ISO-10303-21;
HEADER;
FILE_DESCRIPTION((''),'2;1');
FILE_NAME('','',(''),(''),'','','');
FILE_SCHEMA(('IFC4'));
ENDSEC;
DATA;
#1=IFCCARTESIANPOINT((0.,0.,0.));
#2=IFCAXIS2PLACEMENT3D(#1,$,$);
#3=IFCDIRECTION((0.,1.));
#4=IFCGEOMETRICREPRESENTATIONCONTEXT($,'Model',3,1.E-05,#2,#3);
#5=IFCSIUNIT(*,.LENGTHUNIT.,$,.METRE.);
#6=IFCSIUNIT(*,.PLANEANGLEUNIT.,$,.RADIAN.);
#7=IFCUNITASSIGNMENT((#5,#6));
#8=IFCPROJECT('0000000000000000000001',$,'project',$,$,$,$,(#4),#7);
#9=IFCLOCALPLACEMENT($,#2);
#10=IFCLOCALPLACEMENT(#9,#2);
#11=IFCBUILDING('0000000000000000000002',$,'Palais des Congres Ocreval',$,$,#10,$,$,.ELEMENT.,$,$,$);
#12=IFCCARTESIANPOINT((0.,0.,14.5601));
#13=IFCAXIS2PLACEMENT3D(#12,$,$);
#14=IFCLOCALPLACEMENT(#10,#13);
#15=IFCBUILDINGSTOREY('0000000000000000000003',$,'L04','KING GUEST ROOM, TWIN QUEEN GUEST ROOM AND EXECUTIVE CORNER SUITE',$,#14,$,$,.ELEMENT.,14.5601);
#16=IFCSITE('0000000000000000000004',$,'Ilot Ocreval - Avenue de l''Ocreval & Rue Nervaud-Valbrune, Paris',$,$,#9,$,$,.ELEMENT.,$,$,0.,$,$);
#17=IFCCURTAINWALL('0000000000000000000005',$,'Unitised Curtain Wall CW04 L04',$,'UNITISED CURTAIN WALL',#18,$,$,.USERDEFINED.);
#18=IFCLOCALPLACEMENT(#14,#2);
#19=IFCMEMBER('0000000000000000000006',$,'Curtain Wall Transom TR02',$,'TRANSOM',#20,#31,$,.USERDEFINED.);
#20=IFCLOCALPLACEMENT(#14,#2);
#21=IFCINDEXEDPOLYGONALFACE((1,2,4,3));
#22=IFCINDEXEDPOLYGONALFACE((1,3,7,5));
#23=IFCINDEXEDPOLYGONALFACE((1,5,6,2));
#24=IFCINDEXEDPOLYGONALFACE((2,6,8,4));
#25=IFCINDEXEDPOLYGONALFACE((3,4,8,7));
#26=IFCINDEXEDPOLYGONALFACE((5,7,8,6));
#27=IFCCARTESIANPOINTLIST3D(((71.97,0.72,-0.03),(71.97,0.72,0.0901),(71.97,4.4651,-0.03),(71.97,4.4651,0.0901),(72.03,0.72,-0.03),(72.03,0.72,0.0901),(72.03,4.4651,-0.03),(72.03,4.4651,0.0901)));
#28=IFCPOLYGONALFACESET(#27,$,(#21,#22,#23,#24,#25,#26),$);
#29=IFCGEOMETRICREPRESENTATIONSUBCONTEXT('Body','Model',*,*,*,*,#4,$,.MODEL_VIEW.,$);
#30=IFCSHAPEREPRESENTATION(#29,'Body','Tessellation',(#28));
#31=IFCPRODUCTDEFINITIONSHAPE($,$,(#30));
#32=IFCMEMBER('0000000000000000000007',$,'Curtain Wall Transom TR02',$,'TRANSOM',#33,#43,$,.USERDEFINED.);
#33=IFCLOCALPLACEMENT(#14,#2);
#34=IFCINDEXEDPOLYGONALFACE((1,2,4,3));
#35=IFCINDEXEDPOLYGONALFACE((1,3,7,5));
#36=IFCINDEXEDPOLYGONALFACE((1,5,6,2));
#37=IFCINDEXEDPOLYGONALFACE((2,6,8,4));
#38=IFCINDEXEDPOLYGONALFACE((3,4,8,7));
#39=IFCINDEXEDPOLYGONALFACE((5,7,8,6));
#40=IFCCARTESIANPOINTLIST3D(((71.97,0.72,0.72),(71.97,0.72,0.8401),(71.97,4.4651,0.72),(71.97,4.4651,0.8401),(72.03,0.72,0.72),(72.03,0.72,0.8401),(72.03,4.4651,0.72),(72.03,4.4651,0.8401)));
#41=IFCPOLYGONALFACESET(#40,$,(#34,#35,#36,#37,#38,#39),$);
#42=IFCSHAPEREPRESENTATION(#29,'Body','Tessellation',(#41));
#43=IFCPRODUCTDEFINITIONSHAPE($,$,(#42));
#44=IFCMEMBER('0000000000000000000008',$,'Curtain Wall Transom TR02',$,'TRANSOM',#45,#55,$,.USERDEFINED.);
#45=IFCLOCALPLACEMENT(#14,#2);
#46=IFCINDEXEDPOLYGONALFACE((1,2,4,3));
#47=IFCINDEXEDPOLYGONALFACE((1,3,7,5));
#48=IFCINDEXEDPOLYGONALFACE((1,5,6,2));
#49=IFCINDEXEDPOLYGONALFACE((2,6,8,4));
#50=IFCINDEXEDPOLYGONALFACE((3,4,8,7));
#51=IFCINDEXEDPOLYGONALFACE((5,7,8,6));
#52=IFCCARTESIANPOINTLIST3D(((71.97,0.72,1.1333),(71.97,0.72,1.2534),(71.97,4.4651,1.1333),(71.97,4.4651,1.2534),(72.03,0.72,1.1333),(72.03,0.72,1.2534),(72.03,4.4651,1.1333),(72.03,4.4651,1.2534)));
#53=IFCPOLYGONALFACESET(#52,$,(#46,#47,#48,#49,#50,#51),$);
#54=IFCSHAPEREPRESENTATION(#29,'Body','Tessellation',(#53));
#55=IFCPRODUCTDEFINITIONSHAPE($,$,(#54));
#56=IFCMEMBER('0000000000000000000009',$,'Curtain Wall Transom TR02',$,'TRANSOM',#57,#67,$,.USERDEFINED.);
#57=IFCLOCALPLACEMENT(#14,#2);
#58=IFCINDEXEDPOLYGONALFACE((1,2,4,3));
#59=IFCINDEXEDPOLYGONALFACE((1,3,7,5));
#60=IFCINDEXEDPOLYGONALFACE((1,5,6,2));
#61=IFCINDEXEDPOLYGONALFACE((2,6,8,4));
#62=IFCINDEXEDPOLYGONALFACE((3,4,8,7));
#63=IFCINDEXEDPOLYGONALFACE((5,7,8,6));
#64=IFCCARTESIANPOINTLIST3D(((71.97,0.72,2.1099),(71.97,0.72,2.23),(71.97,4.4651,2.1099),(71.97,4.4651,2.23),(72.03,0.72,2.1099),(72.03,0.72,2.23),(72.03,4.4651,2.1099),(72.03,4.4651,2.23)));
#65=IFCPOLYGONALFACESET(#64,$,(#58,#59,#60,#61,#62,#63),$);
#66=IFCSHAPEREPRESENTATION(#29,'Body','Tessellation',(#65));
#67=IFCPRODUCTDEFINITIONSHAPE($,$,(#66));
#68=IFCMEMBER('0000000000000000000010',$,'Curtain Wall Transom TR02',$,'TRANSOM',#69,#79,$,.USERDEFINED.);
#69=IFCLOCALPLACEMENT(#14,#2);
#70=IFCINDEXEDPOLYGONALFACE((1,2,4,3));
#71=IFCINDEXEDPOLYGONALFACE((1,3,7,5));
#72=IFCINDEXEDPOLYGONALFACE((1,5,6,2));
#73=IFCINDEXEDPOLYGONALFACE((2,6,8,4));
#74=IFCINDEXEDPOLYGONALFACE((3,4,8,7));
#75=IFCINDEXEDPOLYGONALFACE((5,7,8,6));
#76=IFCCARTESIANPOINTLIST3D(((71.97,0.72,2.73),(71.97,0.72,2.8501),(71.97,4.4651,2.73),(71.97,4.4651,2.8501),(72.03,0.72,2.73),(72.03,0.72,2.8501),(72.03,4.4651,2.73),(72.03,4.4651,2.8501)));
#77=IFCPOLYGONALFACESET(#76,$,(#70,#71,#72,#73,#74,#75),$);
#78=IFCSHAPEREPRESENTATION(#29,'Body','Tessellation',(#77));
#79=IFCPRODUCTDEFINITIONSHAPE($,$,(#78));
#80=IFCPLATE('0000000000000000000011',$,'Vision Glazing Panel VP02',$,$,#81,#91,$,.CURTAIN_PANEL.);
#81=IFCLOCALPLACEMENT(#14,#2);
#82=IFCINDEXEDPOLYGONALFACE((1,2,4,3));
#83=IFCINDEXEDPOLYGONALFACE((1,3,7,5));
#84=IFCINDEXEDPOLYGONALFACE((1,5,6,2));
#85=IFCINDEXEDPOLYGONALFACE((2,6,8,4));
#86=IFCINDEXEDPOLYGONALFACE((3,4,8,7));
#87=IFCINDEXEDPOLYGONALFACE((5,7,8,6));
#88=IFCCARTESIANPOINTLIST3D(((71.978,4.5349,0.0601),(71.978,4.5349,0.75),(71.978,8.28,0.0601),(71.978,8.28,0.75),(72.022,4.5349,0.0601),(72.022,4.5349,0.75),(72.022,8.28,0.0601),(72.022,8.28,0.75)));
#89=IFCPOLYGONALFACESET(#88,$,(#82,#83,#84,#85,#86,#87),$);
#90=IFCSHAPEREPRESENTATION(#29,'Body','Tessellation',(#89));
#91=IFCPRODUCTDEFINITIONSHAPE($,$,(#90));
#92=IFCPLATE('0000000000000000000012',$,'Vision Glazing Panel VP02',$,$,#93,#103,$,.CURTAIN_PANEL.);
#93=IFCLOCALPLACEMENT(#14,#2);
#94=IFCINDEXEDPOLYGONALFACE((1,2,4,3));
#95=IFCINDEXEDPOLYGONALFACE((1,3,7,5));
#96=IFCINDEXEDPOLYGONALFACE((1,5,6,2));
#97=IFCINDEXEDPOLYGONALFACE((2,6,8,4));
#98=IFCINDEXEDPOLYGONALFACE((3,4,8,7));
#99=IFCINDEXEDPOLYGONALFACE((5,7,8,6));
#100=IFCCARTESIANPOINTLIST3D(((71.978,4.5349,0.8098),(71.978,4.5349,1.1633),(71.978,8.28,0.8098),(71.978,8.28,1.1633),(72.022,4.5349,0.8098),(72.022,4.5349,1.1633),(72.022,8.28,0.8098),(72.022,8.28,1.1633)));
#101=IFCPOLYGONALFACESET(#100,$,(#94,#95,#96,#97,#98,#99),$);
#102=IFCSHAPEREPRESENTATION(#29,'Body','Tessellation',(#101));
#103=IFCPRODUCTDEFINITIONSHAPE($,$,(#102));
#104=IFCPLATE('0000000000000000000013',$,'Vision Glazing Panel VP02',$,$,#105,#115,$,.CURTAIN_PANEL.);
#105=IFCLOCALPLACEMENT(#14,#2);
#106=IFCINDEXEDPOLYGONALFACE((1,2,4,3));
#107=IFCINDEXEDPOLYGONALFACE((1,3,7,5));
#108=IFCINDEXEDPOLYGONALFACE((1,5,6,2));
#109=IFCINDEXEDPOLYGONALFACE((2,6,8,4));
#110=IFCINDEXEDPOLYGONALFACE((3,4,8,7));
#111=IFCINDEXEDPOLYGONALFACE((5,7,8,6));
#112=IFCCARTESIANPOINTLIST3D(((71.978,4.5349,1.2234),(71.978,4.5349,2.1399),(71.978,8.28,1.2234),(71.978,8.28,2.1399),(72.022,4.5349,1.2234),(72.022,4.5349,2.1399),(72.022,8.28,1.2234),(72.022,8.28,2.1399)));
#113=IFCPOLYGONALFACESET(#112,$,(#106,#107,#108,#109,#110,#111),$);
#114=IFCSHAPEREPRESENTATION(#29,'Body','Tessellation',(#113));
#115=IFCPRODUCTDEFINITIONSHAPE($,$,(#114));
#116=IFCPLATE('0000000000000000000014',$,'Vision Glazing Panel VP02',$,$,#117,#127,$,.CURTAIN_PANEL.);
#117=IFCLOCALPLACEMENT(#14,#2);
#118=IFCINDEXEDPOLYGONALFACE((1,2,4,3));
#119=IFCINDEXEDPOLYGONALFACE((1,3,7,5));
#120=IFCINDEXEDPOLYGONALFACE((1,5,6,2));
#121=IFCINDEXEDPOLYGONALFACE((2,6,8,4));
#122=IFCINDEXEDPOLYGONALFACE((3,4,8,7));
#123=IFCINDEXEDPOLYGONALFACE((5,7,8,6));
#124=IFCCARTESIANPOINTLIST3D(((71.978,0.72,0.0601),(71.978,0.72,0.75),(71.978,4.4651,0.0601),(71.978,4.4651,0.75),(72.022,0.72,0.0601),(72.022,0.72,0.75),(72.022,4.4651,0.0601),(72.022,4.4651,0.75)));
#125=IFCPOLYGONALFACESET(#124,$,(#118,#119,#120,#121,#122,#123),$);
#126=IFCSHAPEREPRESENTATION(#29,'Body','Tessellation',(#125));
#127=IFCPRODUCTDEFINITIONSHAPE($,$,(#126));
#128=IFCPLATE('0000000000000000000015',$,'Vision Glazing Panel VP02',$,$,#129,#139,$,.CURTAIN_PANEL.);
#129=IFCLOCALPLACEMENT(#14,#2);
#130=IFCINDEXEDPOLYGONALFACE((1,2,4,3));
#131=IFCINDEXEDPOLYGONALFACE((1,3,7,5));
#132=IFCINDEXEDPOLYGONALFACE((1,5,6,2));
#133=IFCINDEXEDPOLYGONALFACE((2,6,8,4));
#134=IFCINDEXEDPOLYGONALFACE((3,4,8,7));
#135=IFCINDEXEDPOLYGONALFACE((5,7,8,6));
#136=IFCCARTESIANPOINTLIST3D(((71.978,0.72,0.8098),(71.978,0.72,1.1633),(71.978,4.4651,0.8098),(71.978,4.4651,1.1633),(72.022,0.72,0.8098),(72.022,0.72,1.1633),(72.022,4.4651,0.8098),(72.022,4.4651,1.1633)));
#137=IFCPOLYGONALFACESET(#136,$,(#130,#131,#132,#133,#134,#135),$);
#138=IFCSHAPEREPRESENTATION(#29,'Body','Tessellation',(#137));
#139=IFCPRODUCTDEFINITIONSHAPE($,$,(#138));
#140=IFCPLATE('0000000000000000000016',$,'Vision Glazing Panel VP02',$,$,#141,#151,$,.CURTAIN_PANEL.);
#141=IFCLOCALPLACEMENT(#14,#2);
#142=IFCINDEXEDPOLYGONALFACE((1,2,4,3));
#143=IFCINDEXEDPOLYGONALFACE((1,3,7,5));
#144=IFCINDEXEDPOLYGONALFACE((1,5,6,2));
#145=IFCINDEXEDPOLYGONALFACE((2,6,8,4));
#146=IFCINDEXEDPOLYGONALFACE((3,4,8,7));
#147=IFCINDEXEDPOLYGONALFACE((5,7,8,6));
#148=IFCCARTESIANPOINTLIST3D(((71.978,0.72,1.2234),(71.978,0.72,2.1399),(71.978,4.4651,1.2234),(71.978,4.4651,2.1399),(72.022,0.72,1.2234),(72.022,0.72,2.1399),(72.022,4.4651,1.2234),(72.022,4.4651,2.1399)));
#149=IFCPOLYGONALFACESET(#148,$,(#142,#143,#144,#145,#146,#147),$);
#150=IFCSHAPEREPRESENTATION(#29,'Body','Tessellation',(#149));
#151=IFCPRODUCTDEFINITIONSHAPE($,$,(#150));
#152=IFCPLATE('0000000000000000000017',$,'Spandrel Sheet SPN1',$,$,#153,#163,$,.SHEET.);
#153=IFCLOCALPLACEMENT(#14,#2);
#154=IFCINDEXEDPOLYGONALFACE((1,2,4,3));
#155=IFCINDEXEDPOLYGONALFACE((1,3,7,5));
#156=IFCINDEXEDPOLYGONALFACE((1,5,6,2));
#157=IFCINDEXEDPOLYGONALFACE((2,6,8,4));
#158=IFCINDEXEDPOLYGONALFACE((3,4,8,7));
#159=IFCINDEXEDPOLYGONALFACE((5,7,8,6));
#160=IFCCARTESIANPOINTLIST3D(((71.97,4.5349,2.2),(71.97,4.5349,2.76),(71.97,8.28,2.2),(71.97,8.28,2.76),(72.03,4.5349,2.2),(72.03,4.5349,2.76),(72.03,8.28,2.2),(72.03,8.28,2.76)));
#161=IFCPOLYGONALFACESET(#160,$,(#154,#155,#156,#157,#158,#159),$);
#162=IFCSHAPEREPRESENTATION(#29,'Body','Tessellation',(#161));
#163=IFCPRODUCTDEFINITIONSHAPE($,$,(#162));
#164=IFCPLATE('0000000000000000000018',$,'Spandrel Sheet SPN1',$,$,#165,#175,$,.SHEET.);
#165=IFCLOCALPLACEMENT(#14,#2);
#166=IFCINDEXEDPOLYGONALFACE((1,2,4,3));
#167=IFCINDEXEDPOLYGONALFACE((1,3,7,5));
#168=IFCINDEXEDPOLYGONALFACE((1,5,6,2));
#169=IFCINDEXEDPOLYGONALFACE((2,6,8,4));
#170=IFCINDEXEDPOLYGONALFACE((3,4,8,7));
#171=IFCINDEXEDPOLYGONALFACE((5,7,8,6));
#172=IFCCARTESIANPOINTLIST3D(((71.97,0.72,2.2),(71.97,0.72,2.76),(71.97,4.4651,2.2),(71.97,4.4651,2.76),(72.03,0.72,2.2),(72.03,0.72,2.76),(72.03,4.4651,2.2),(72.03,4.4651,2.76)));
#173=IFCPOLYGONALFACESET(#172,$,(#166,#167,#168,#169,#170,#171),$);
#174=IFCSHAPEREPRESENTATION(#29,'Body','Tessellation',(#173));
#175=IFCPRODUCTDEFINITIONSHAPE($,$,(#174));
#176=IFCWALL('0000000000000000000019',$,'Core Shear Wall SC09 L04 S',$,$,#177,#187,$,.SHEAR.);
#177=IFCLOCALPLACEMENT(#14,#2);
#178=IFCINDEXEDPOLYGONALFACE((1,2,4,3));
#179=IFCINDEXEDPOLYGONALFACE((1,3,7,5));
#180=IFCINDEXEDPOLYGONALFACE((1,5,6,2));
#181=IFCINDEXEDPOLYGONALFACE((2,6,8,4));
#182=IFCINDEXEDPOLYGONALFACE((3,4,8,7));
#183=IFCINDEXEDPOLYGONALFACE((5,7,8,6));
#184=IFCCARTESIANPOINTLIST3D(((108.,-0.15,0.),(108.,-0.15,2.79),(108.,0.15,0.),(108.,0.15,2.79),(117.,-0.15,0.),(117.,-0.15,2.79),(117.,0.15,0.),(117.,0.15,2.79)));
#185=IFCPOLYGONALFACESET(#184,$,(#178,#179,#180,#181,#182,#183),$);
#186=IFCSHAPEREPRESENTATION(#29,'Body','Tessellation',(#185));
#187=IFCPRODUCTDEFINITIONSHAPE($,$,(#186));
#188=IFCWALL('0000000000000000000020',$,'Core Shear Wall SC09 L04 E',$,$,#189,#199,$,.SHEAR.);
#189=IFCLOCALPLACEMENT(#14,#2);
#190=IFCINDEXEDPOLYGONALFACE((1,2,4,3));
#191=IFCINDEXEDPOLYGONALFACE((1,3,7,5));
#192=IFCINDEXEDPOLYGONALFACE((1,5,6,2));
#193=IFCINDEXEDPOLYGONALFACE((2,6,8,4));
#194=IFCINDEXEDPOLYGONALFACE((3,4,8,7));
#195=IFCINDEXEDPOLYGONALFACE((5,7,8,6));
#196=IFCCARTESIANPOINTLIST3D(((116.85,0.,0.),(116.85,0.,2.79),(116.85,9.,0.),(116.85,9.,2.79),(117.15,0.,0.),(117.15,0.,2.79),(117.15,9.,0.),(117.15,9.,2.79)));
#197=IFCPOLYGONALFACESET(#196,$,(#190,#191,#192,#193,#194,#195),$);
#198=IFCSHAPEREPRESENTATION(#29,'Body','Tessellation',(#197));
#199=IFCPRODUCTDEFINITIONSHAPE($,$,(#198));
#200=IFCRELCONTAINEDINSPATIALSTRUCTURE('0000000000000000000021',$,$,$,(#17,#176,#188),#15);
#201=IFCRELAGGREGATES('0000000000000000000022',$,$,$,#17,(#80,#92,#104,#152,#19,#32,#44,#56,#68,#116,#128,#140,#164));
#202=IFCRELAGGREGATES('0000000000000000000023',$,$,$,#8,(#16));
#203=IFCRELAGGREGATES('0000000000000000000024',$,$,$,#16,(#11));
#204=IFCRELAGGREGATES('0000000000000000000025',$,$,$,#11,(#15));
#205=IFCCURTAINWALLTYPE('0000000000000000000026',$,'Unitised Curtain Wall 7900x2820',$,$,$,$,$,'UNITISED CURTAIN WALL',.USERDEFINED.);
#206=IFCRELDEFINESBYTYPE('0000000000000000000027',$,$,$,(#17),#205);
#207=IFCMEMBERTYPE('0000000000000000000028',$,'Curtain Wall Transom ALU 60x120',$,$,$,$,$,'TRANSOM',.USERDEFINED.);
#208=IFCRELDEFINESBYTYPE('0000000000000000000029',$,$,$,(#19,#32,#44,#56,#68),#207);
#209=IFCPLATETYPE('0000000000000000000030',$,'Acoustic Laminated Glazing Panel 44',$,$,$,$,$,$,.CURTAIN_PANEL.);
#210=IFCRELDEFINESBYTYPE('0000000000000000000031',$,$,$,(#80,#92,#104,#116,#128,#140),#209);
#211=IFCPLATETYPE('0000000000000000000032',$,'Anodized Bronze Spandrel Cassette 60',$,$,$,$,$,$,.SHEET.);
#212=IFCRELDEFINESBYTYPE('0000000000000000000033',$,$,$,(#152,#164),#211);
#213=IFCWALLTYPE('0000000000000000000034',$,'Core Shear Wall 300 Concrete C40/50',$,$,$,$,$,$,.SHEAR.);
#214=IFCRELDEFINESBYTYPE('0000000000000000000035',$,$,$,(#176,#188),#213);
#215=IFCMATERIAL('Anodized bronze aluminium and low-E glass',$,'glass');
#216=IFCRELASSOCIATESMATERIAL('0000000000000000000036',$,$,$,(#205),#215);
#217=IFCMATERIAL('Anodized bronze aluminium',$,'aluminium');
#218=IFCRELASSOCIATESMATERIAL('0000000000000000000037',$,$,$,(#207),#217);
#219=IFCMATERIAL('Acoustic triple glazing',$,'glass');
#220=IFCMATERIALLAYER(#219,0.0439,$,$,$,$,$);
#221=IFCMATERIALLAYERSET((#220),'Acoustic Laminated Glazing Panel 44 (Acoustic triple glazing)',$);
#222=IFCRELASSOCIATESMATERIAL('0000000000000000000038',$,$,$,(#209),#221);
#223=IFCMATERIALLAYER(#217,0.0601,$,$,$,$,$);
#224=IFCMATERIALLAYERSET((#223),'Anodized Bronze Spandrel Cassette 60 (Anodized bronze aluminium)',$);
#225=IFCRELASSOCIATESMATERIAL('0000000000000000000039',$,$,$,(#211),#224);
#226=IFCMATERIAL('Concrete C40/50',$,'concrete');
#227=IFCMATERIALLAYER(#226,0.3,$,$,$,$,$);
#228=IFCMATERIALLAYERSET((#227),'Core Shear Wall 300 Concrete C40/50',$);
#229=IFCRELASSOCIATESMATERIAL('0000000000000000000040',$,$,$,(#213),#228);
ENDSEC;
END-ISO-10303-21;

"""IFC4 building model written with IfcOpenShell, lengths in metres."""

from ifc_helpers import new_model, si_unit, direction, frame, frame_2d, origin, origin_2d, place, context, subcontext, project, spatial, rectangle, extrude, material, layer, layer_set, material_profile, profile_set, type_object, element, aggregate, save


model = new_model("IFC4")

# Units and contexts
model_context = context("Model", 3, precision=1e-05, world=origin(), true_north=direction((0.0, 1.0)))
body_context = subcontext(model_context, "Body", "Model", "MODEL_VIEW")
ifc_project = project(units=[si_unit("LENGTHUNIT", "METRE"), si_unit("PLANEANGLEUNIT", "RADIAN")], contexts=[model_context])

# Site, building, storey
site_placement = place(None, origin())
site = spatial("IfcSite", under=ifc_project, at=site_placement, Name="Ilot Ocreval - Avenue de l'Ocreval & Rue Nervaud-Valbrune, Paris", CompositionType="ELEMENT", RefElevation=0.0)
building_placement = place(site_placement, origin())
building = spatial("IfcBuilding", under=site, at=building_placement, Name="Palais des Congres Ocreval", CompositionType="ELEMENT")
storey_placement = place(building_placement, frame((0.0, 0.0, 14.5601)))
storey = spatial("IfcBuildingStorey", under=building, at=storey_placement, Name="L04", Description="KING GUEST ROOM, TWIN QUEEN GUEST ROOM AND EXECUTIVE CORNER SUITE", CompositionType="ELEMENT", Elevation=14.5601)

# Curtain wall, members, plates
ifc_material_1 = material(Name="Anodized bronze aluminium and low-E glass", Category="glass")
curtain_wall_type = type_object("IfcCurtainWallType", Name="Unitised Curtain Wall 7900x2820", ElementType="UNITISED CURTAIN WALL", PredefinedType="USERDEFINED", material=ifc_material_1)
curtain_wall_placement = place(storey_placement, origin())
curtain_wall = element("IfcCurtainWall", 1, at=curtain_wall_placement, inside=storey, type_object=curtain_wall_type, Name="Unitised Curtain Wall CW04 L04", ObjectType="UNITISED CURTAIN WALL", PredefinedType="USERDEFINED")
ifc_material_2 = material(Name="Anodized bronze aluminium", Category="aluminium")
ifc_material_profile = material_profile(ifc_material_2, rectangle(XDim=0.0601, YDim=0.1201, at=origin_2d()), Name="ALU 60x120")
ifc_profile_set = profile_set([ifc_material_profile], Name="Anodized bronze aluminium")
member_type = type_object("IfcMemberType", Name="Curtain Wall Transom ALU 60x120", ElementType="TRANSOM", PredefinedType="USERDEFINED", material=ifc_profile_set)
member_1_placement = place(storey_placement, frame((72.0, 4.4651, 0.03), z_axis=(0.0, -1.0, 0.0), x_axis=(1.0, 0.0, 0.0)))
member_1 = element("IfcMember", 2, at=member_1_placement, type_object=member_type, Name="Curtain Wall Transom TR02", ObjectType="TRANSOM", PredefinedType="USERDEFINED", context=body_context, shape_type="SweptSolid", body=[
    extrude(rectangle(XDim=0.0601, YDim=0.1201, at=origin_2d()), origin(), (0.0, 0.0, 1.0), 3.7451),
])
member_2_placement = place(storey_placement, frame((72.0, 4.4651, 0.78), z_axis=(0.0, -1.0, 0.0), x_axis=(1.0, 0.0, 0.0)))
member_2 = element("IfcMember", 3, at=member_2_placement, type_object=member_type, Name="Curtain Wall Transom TR02", ObjectType="TRANSOM", PredefinedType="USERDEFINED", context=body_context, shape_type="SweptSolid", body=[
    extrude(rectangle(XDim=0.0601, YDim=0.1201, at=origin_2d()), origin(), (0.0, 0.0, 1.0), 3.7451),
])
member_3_placement = place(storey_placement, frame((72.0, 4.4651, 1.1934), z_axis=(0.0, -1.0, 0.0), x_axis=(1.0, 0.0, 0.0)))
member_3 = element("IfcMember", 4, at=member_3_placement, type_object=member_type, Name="Curtain Wall Transom TR02", ObjectType="TRANSOM", PredefinedType="USERDEFINED", context=body_context, shape_type="SweptSolid", body=[
    extrude(rectangle(XDim=0.0601, YDim=0.1201, at=origin_2d()), origin(), (0.0, 0.0, 1.0), 3.7451),
])
member_4_placement = place(storey_placement, frame((72.0, 4.4651, 2.1699), z_axis=(0.0, -1.0, 0.0), x_axis=(1.0, 0.0, 0.0)))
member_4 = element("IfcMember", 5, at=member_4_placement, type_object=member_type, Name="Curtain Wall Transom TR02", ObjectType="TRANSOM", PredefinedType="USERDEFINED", context=body_context, shape_type="SweptSolid", body=[
    extrude(rectangle(XDim=0.0601, YDim=0.1201, at=origin_2d()), origin(), (0.0, 0.0, 1.0), 3.7451),
])
member_5_placement = place(storey_placement, frame((72.0, 4.4651, 2.79), z_axis=(0.0, -1.0, 0.0), x_axis=(1.0, 0.0, 0.0)))
member_5 = element("IfcMember", 6, at=member_5_placement, type_object=member_type, Name="Curtain Wall Transom TR02", ObjectType="TRANSOM", PredefinedType="USERDEFINED", context=body_context, shape_type="SweptSolid", body=[
    extrude(rectangle(XDim=0.0601, YDim=0.1201, at=origin_2d()), origin(), (0.0, 0.0, 1.0), 3.7451),
])
ifc_material_3 = material(Name="Acoustic triple glazing", Category="glass")
ifc_layer_1 = layer(ifc_material_3, 0.0439)
ifc_layer_set_1 = layer_set([ifc_layer_1], Name="Acoustic Laminated Glazing Panel 44 (Acoustic triple glazing)")
plate_type_1 = type_object("IfcPlateType", Name="Acoustic Laminated Glazing Panel 44", PredefinedType="CURTAIN_PANEL", material=ifc_layer_set_1)
plate_1_placement = place(storey_placement, frame((72.0, 6.4075, 0.0601), z_axis=(0.0, 0.0, 1.0), x_axis=(0.0, -1.0, 0.0)))
plate_1 = element("IfcPlate", 7, at=plate_1_placement, type_object=plate_type_1, Name="Vision Glazing Panel VP02", PredefinedType="CURTAIN_PANEL", context=body_context, shape_type="SweptSolid", body=[
    extrude(rectangle(XDim=3.7451, YDim=0.0439, at=origin_2d()), origin(), (0.0, 0.0, 1.0), 0.6899),
])
plate_2_placement = place(storey_placement, frame((72.0, 6.4075, 0.8098), z_axis=(0.0, 0.0, 1.0), x_axis=(0.0, -1.0, 0.0)))
plate_2 = element("IfcPlate", 8, at=plate_2_placement, type_object=plate_type_1, Name="Vision Glazing Panel VP02", PredefinedType="CURTAIN_PANEL", context=body_context, shape_type="SweptSolid", body=[
    extrude(rectangle(XDim=3.7451, YDim=0.0439, at=origin_2d()), origin(), (0.0, 0.0, 1.0), 0.3535),
])
plate_3_placement = place(storey_placement, frame((72.0, 6.4075, 1.2234), z_axis=(0.0, 0.0, 1.0), x_axis=(0.0, -1.0, 0.0)))
plate_3 = element("IfcPlate", 9, at=plate_3_placement, type_object=plate_type_1, Name="Vision Glazing Panel VP02", PredefinedType="CURTAIN_PANEL", context=body_context, shape_type="SweptSolid", body=[
    extrude(rectangle(XDim=3.7451, YDim=0.0439, at=origin_2d()), origin(), (0.0, 0.0, 1.0), 0.9165),
])
plate_4_placement = place(storey_placement, frame((72.0, 2.5925, 0.0601), z_axis=(0.0, 0.0, 1.0), x_axis=(0.0, -1.0, 0.0)))
plate_4 = element("IfcPlate", 10, at=plate_4_placement, type_object=plate_type_1, Name="Vision Glazing Panel VP02", PredefinedType="CURTAIN_PANEL", context=body_context, shape_type="SweptSolid", body=[
    extrude(rectangle(XDim=3.7451, YDim=0.0439, at=origin_2d()), origin(), (0.0, 0.0, 1.0), 0.6899),
])
plate_5_placement = place(storey_placement, frame((72.0, 2.5925, 0.8098), z_axis=(0.0, 0.0, 1.0), x_axis=(0.0, -1.0, 0.0)))
plate_5 = element("IfcPlate", 11, at=plate_5_placement, type_object=plate_type_1, Name="Vision Glazing Panel VP02", PredefinedType="CURTAIN_PANEL", context=body_context, shape_type="SweptSolid", body=[
    extrude(rectangle(XDim=3.7451, YDim=0.0439, at=origin_2d()), origin(), (0.0, 0.0, 1.0), 0.3535),
])
plate_6_placement = place(storey_placement, frame((72.0, 2.5925, 1.2234), z_axis=(0.0, 0.0, 1.0), x_axis=(0.0, -1.0, 0.0)))
plate_6 = element("IfcPlate", 12, at=plate_6_placement, type_object=plate_type_1, Name="Vision Glazing Panel VP02", PredefinedType="CURTAIN_PANEL", context=body_context, shape_type="SweptSolid", body=[
    extrude(rectangle(XDim=3.7451, YDim=0.0439, at=origin_2d()), origin(), (0.0, 0.0, 1.0), 0.9165),
])
ifc_layer_2 = layer(ifc_material_2, 0.0601)
ifc_layer_set_2 = layer_set([ifc_layer_2], Name="Anodized Bronze Spandrel Cassette 60 (Anodized bronze aluminium)")
plate_type_2 = type_object("IfcPlateType", Name="Anodized Bronze Spandrel Cassette 60", PredefinedType="SHEET", material=ifc_layer_set_2)
plate_7_placement = place(storey_placement, frame((72.0, 6.4075, 2.2), z_axis=(0.0, 0.0, 1.0), x_axis=(0.0, -1.0, 0.0)))
plate_7 = element("IfcPlate", 13, at=plate_7_placement, type_object=plate_type_2, Name="Spandrel Sheet SPN1", PredefinedType="SHEET", context=body_context, shape_type="SweptSolid", body=[
    extrude(rectangle(XDim=3.7451, YDim=0.0601, at=origin_2d()), origin(), (0.0, 0.0, 1.0), 0.5601),
])
plate_8_placement = place(storey_placement, frame((72.0, 2.5925, 2.2), z_axis=(0.0, 0.0, 1.0), x_axis=(0.0, -1.0, 0.0)))
plate_8 = element("IfcPlate", 14, at=plate_8_placement, type_object=plate_type_2, Name="Spandrel Sheet SPN1", PredefinedType="SHEET", context=body_context, shape_type="SweptSolid", body=[
    extrude(rectangle(XDim=3.7451, YDim=0.0601, at=origin_2d()), origin(), (0.0, 0.0, 1.0), 0.5601),
])
aggregate(curtain_wall, [plate_1, plate_2, plate_3, plate_7, member_1, member_2, member_3, member_4, member_5, plate_4, plate_5, plate_6, plate_8])

# Walls
ifc_material_4 = material(Name="Concrete C40/50", Category="concrete")
ifc_layer_3 = layer(ifc_material_4, 0.3)
ifc_layer_set_3 = layer_set([ifc_layer_3], Name="Core Shear Wall 300 Concrete C40/50")
wall_type_1 = type_object("IfcWallType", Name="Core Shear Wall 300 Concrete C40/50", PredefinedType="SHEAR", material=ifc_layer_set_3)
for number, where, z_axis, x_axis, name in (
    (15, (108.0, 0.0, 0.0), (0.0, 0.0, 1.0), (1.0, 0.0, 0.0), "Core Shear Wall SC09 L04 S"),
    (16, (117.0, 0.0, 0.0), (0.0, 0.0, 1.0), (0.0, 1.0, 0.0), "Core Shear Wall SC09 L04 E"),
):
    element("IfcWall", number, at=place(storey_placement, frame(where, z_axis=z_axis, x_axis=x_axis)), inside=storey, type_object=wall_type_1, Name=name, PredefinedType="SHEAR", context=body_context, shape_type="SweptSolid", body=[
        extrude(rectangle(XDim=9.0, YDim=0.3, at=frame_2d((4.5, 0.0))), origin(), (0.0, 0.0, 1.0), 2.79),
    ])

save(model, "model.ifc")
